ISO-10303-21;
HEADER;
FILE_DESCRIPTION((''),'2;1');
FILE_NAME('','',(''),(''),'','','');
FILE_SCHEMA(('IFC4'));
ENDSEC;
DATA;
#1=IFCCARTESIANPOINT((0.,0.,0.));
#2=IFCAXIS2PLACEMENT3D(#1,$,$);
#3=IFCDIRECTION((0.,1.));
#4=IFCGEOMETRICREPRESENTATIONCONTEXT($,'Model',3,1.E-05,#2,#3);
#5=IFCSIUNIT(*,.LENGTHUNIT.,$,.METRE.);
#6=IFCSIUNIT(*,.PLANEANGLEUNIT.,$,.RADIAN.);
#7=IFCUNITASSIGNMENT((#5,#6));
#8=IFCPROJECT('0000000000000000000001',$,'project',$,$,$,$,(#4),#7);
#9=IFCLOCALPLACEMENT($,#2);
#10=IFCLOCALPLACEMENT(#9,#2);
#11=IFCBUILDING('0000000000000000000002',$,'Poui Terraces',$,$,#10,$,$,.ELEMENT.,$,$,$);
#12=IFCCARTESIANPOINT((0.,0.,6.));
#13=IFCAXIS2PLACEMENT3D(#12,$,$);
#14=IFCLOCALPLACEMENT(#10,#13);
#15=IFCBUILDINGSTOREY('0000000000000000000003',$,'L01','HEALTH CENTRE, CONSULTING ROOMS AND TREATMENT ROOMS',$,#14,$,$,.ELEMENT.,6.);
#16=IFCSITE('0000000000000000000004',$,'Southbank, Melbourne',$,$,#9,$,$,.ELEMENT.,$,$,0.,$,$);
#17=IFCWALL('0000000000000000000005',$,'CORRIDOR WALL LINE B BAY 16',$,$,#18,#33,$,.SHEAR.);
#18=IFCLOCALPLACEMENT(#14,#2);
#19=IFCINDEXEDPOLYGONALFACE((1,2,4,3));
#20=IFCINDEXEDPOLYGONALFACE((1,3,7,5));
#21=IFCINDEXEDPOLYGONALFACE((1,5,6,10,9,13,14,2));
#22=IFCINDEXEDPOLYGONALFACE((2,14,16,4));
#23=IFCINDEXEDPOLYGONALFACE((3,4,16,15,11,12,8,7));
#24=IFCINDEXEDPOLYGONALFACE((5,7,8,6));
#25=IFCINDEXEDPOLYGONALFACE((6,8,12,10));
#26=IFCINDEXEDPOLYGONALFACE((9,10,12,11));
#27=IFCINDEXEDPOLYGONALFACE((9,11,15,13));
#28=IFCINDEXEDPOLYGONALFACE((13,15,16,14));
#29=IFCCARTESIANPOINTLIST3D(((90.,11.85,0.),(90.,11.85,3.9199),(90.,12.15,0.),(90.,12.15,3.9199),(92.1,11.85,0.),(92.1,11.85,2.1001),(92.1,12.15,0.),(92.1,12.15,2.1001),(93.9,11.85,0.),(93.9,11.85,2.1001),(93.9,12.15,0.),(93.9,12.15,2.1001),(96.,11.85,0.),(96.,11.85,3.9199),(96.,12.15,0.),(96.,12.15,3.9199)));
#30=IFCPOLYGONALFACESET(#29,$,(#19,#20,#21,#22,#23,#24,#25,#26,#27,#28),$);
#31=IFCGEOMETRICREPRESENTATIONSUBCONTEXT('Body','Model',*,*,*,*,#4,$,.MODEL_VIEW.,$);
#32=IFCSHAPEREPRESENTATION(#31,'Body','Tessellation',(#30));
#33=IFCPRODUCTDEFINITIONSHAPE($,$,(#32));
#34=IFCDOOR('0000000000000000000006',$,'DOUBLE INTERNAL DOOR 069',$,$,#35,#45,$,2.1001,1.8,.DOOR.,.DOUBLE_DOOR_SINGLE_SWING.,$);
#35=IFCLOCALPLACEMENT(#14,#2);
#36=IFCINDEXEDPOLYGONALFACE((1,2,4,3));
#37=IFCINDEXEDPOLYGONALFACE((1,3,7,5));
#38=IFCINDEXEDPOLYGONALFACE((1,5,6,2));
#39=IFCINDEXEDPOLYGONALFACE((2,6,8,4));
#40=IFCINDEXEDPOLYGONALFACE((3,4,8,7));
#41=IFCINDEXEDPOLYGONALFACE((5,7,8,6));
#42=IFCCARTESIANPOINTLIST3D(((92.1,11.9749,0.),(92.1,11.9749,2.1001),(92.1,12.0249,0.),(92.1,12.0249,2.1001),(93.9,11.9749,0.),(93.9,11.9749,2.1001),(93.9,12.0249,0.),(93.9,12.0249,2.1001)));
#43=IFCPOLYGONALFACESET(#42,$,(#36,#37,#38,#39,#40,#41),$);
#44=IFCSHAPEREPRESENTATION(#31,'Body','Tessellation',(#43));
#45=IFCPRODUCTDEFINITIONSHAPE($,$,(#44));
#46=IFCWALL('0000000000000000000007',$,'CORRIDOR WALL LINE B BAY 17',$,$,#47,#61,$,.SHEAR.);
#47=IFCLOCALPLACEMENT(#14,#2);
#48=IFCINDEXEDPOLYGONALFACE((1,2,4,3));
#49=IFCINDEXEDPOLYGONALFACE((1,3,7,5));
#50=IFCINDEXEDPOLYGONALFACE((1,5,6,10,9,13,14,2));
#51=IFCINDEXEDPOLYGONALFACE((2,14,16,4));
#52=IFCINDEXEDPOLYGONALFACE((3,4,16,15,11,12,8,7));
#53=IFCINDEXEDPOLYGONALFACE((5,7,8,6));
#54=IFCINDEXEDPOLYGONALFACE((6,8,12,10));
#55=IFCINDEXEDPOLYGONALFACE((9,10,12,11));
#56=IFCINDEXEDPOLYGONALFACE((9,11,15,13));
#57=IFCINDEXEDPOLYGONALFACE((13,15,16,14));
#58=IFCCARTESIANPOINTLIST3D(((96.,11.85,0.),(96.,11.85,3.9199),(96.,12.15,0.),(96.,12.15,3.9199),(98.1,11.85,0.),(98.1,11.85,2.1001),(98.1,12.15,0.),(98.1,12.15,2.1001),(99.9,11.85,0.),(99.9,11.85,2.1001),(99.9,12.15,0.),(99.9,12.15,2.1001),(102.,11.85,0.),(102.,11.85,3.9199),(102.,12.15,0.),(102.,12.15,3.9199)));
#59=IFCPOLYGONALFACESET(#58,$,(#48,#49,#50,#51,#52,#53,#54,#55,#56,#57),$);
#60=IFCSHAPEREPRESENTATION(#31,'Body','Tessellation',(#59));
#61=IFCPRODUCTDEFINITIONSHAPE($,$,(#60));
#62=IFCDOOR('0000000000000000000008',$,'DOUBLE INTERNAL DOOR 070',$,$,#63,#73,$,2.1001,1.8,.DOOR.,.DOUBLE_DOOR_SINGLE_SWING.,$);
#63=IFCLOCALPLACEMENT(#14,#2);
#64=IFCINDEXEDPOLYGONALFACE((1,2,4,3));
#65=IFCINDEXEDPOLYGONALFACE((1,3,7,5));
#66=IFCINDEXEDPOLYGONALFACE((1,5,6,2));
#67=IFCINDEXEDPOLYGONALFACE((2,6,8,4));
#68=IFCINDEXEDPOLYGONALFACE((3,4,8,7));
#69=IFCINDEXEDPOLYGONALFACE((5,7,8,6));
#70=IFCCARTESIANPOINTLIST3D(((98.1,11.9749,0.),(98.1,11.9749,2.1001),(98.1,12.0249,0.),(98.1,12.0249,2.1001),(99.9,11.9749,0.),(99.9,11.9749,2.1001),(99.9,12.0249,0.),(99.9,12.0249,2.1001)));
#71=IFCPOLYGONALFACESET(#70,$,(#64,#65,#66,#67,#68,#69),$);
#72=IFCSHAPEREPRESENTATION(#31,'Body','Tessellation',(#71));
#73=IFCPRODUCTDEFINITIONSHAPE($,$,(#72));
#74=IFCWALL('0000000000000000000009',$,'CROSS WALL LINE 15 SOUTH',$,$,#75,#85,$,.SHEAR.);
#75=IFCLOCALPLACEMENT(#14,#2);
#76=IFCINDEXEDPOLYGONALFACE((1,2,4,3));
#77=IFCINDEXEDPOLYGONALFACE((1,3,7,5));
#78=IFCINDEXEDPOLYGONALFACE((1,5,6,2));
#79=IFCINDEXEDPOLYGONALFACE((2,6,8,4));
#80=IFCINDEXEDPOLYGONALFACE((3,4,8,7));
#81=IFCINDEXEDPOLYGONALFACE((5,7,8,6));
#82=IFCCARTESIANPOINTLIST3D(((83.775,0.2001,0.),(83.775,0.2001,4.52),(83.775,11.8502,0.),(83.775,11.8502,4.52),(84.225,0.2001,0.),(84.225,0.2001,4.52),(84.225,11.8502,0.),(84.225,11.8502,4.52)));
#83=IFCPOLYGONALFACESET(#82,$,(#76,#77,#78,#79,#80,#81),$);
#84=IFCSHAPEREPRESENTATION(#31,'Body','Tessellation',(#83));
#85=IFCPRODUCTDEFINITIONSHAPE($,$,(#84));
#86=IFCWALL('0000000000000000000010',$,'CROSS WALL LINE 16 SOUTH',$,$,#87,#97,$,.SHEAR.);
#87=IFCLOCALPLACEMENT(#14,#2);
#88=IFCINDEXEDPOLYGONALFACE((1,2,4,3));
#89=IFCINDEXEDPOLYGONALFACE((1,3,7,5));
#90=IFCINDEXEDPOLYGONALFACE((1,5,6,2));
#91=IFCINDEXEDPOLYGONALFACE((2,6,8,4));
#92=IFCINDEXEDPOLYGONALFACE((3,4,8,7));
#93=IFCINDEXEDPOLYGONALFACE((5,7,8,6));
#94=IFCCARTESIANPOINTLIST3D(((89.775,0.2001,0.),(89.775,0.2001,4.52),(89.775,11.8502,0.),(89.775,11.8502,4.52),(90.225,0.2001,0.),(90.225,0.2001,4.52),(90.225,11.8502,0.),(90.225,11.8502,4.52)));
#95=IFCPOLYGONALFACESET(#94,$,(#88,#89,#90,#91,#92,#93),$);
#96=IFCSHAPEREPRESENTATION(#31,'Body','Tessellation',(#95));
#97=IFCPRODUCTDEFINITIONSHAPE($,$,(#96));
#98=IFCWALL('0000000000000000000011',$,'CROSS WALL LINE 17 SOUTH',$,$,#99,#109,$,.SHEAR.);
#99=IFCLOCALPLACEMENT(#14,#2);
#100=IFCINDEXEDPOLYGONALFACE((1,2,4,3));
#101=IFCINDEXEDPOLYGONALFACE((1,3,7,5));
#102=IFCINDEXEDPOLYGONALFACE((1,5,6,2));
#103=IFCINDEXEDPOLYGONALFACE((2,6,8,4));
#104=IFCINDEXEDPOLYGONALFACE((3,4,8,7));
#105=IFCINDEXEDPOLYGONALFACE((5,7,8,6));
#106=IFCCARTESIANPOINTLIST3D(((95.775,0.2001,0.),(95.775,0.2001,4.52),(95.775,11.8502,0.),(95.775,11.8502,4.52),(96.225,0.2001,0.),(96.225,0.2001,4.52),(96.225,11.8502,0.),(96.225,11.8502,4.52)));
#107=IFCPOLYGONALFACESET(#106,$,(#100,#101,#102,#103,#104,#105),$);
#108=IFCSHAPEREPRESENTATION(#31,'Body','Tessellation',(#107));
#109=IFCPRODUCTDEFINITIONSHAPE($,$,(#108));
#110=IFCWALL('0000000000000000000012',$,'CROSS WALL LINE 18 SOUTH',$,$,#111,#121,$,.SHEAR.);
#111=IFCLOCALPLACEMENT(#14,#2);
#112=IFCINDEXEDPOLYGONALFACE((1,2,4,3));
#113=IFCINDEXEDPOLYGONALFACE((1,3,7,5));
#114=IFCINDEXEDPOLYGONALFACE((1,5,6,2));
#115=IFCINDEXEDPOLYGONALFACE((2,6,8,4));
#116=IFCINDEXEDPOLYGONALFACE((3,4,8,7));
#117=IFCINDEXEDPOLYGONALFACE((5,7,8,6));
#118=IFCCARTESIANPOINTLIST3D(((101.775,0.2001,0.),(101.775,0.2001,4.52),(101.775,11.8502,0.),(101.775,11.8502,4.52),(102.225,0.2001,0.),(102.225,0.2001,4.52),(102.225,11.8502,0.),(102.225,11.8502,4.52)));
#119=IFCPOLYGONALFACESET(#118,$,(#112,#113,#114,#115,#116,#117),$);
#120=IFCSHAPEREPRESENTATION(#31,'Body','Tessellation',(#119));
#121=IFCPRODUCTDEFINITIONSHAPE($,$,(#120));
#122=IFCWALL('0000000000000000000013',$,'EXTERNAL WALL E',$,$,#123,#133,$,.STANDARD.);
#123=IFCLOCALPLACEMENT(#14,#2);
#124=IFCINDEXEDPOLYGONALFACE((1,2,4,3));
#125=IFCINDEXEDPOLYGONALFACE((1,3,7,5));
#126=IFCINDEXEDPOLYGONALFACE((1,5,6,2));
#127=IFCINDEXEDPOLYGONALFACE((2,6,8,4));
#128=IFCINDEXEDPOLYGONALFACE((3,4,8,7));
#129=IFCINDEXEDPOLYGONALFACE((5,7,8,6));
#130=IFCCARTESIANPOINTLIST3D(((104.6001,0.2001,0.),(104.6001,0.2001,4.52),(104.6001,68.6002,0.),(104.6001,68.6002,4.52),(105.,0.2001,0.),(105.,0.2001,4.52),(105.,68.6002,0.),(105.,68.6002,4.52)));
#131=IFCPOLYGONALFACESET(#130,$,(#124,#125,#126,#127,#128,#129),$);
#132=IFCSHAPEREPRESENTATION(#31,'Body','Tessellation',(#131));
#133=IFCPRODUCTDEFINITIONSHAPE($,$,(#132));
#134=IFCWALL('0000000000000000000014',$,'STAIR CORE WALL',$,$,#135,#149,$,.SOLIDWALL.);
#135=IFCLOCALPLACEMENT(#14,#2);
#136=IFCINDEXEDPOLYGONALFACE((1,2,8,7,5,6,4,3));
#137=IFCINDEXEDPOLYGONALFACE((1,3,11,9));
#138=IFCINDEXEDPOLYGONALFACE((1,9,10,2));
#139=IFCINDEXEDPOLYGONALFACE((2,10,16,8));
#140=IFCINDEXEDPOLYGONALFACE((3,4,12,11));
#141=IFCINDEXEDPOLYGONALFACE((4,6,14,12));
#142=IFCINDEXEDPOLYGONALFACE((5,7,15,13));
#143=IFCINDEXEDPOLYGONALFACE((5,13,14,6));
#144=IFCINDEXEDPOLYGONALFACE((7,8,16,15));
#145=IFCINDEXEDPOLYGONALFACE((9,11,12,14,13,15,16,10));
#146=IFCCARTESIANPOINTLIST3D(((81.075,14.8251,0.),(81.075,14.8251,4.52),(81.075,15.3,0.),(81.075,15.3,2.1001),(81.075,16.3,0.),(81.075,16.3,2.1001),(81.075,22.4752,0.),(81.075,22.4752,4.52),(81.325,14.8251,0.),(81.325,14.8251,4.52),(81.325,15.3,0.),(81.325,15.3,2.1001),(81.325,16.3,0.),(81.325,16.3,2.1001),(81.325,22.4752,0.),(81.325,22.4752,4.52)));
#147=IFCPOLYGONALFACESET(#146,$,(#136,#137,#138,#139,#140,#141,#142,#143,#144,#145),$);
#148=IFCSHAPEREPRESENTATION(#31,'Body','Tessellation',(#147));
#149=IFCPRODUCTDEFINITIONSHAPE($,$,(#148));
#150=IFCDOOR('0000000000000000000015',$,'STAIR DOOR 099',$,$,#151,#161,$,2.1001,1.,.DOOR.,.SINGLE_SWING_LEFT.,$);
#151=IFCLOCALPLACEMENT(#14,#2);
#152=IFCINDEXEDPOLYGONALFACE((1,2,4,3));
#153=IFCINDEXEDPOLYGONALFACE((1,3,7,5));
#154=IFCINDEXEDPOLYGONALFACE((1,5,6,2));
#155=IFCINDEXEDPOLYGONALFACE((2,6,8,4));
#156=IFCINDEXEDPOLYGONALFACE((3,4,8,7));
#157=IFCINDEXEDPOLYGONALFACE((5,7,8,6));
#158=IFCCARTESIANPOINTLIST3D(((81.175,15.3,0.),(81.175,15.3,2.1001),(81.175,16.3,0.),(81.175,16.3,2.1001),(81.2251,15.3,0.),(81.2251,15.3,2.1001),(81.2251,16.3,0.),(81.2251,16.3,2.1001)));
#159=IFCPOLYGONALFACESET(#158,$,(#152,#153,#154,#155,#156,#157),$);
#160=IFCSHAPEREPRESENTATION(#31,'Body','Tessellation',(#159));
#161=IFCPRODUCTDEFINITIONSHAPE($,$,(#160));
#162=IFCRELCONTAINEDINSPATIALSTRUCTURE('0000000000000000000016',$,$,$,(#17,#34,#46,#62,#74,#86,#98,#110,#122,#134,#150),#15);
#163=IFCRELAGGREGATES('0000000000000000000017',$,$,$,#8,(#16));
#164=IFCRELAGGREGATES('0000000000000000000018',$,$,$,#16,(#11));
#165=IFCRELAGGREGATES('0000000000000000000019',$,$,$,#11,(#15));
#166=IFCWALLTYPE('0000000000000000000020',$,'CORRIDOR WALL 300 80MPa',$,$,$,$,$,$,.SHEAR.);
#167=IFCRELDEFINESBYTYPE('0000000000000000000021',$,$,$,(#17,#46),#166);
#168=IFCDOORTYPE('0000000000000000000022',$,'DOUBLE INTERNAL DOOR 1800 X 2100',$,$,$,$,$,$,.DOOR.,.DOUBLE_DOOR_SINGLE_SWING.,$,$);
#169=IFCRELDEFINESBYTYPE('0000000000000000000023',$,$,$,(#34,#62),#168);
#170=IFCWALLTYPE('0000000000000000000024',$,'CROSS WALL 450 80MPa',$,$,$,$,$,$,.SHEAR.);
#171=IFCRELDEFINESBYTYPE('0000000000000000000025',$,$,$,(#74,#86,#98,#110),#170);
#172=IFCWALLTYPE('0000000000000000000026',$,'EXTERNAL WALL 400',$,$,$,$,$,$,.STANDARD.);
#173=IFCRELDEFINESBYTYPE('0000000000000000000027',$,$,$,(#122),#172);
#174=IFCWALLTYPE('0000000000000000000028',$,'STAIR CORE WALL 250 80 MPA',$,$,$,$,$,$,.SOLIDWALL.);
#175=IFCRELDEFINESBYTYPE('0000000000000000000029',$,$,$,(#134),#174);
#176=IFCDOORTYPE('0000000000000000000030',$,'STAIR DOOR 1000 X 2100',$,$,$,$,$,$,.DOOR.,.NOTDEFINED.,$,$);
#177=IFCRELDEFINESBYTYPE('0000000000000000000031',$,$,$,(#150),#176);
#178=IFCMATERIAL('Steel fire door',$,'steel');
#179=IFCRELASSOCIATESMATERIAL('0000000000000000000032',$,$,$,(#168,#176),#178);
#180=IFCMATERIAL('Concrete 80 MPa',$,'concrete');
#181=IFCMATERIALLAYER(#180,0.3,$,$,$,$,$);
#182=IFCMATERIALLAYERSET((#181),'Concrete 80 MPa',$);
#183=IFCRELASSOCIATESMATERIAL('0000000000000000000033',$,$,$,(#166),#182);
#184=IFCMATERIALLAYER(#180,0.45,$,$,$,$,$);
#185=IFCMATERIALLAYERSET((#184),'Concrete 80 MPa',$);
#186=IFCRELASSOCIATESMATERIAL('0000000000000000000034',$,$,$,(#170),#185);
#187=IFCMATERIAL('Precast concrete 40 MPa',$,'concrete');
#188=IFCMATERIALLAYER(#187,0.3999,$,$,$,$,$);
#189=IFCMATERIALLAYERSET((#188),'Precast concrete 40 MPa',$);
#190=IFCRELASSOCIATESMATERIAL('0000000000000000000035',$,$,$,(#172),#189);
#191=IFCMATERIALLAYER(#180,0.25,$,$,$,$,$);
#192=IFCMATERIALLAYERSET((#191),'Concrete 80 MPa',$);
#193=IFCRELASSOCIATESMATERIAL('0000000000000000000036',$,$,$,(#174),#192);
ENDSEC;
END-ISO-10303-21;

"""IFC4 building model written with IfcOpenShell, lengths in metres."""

from ifc_helpers import new_model, si_unit, direction, frame, frame_2d, origin, place, context, subcontext, project, spatial, rectangle, extrude, material, layer, layer_set, type_object, element, fill, save


model = new_model("IFC4")

# Units and contexts
model_context = context("Model", 3, precision=1e-05, world=origin(), true_north=direction((0.0, 1.0)))
body_context = subcontext(model_context, "Body", "Model", "MODEL_VIEW")
ifc_project = project(units=[si_unit("LENGTHUNIT", "METRE"), si_unit("PLANEANGLEUNIT", "RADIAN")], contexts=[model_context])

# Site, building, storey
site_placement = place(None, origin())
site = spatial("IfcSite", under=ifc_project, at=site_placement, Name="Southbank, Melbourne", CompositionType="ELEMENT", RefElevation=0.0)
building_placement = place(site_placement, origin())
building = spatial("IfcBuilding", under=site, at=building_placement, Name="Poui Terraces", CompositionType="ELEMENT")
storey_placement = place(building_placement, frame((0.0, 0.0, 6.0)))
storey = spatial("IfcBuildingStorey", under=building, at=storey_placement, Name="L01", Description="HEALTH CENTRE, CONSULTING ROOMS AND TREATMENT ROOMS", CompositionType="ELEMENT", Elevation=6.0)

# Shared definitions
ifc_material_1 = material(Name="Concrete 80 MPa", Category="concrete")

# Shared definitions
ifc_material_2 = material(Name="Steel fire door", Category="steel")
door_type_1 = type_object("IfcDoorType", Name="DOUBLE INTERNAL DOOR 1800 X 2100", OperationType="DOUBLE_DOOR_SINGLE_SWING", PredefinedType="DOOR", material=ifc_material_2)

# Walls, openings, doors
ifc_layer_1 = layer(ifc_material_1, 0.3)
ifc_layer_set_1 = layer_set([ifc_layer_1], Name="Concrete 80 MPa")
wall_type_1 = type_object("IfcWallType", Name="CORRIDOR WALL 300 80MPa", PredefinedType="SHEAR", material=ifc_layer_set_1)
wall_1_placement = place(storey_placement, frame((90.0, 12.0, 0.0), z_axis=(0.0, 0.0, 1.0), x_axis=(1.0, 0.0, 0.0)))
wall_1 = element("IfcWall", 1, at=wall_1_placement, inside=storey, type_object=wall_type_1, Name="CORRIDOR WALL LINE B BAY 16", PredefinedType="SHEAR", context=body_context, shape_type="SweptSolid", body=[
    extrude(rectangle(XDim=6.0, YDim=0.3, at=frame_2d((3.0, 0.0))), origin(), (0.0, 0.0, 1.0), 3.9199),
])
opening_1_placement = place(wall_1_placement, frame((2.1001, 0.0, 0.0)))
opening_1 = element("IfcOpeningElement", 2, at=opening_1_placement, cuts=wall_1, PredefinedType="OPENING", context=body_context, shape_type="SweptSolid", body=[
    extrude(rectangle(XDim=1.8, YDim=2.1001, at=frame_2d((0.8999, 1.05))), frame((0.0, 0.1602, 0.0), z_axis=(0.0, -1.0, 0.0), x_axis=(1.0, 0.0, 0.0)), (0.0, 0.0, 1.0), 0.3201),
])
door_1_placement = place(opening_1_placement, origin())
door_1 = element("IfcDoor", 3, at=door_1_placement, inside=storey, type_object=door_type_1, Name="DOUBLE INTERNAL DOOR 069", OperationType="DOUBLE_DOOR_SINGLE_SWING", OverallHeight=2.1001, OverallWidth=1.8, PredefinedType="DOOR", context=body_context, shape_type="SweptSolid", body=[
    extrude(rectangle(XDim=1.8, YDim=2.1001, at=frame_2d((0.8999, 1.05))), frame((0.0, 0.0249, 0.0), z_axis=(0.0, -1.0, 0.0), x_axis=(1.0, 0.0, 0.0)), (0.0, 0.0, 1.0), 0.05),
])
fill(opening_1, door_1)
wall_2_placement = place(storey_placement, frame((96.0, 12.0, 0.0), z_axis=(0.0, 0.0, 1.0), x_axis=(1.0, 0.0, 0.0)))
wall_2 = element("IfcWall", 4, at=wall_2_placement, inside=storey, type_object=wall_type_1, Name="CORRIDOR WALL LINE B BAY 17", PredefinedType="SHEAR", context=body_context, shape_type="SweptSolid", body=[
    extrude(rectangle(XDim=6.0, YDim=0.3, at=frame_2d((3.0, 0.0))), origin(), (0.0, 0.0, 1.0), 3.9199),
])
opening_2_placement = place(wall_2_placement, frame((2.1001, 0.0, 0.0)))
opening_2 = element("IfcOpeningElement", 5, at=opening_2_placement, cuts=wall_2, PredefinedType="OPENING", context=body_context, shape_type="SweptSolid", body=[
    extrude(rectangle(XDim=1.8, YDim=2.1001, at=frame_2d((0.8999, 1.05))), frame((0.0, 0.1602, 0.0), z_axis=(0.0, -1.0, 0.0), x_axis=(1.0, 0.0, 0.0)), (0.0, 0.0, 1.0), 0.3201),
])
door_2_placement = place(opening_2_placement, origin())
door_2 = element("IfcDoor", 6, at=door_2_placement, inside=storey, type_object=door_type_1, Name="DOUBLE INTERNAL DOOR 070", OperationType="DOUBLE_DOOR_SINGLE_SWING", OverallHeight=2.1001, OverallWidth=1.8, PredefinedType="DOOR", context=body_context, shape_type="SweptSolid", body=[
    extrude(rectangle(XDim=1.8, YDim=2.1001, at=frame_2d((0.8999, 1.05))), frame((0.0, 0.0249, 0.0), z_axis=(0.0, -1.0, 0.0), x_axis=(1.0, 0.0, 0.0)), (0.0, 0.0, 1.0), 0.05),
])
fill(opening_2, door_2)

# Walls
ifc_layer_2 = layer(ifc_material_1, 0.45)
ifc_layer_set_2 = layer_set([ifc_layer_2], Name="Concrete 80 MPa")
wall_type_2 = type_object("IfcWallType", Name="CROSS WALL 450 80MPa", PredefinedType="SHEAR", material=ifc_layer_set_2)
for number, where, z_axis, x_axis, name in (
    (7, (84.0, 0.2, 0.0), (0.0, 0.0, 1.0), (0.0, 1.0, 0.0), "CROSS WALL LINE 15 SOUTH"),
    (8, (90.0, 0.2, 0.0), (0.0, 0.0, 1.0), (0.0, 1.0, 0.0), "CROSS WALL LINE 16 SOUTH"),
    (9, (96.0, 0.2, 0.0), (0.0, 0.0, 1.0), (0.0, 1.0, 0.0), "CROSS WALL LINE 17 SOUTH"),
    (10, (102.0, 0.2, 0.0), (0.0, 0.0, 1.0), (0.0, 1.0, 0.0), "CROSS WALL LINE 18 SOUTH"),
):
    element("IfcWall", number, at=place(storey_placement, frame(where, z_axis=z_axis, x_axis=x_axis)), inside=storey, type_object=wall_type_2, Name=name, PredefinedType="SHEAR", context=body_context, shape_type="SweptSolid", body=[
        extrude(rectangle(XDim=11.6501, YDim=0.45, at=frame_2d((5.8252, 0.0))), origin(), (0.0, 0.0, 1.0), 4.52),
    ])
ifc_material_3 = material(Name="Precast concrete 40 MPa", Category="concrete")
ifc_layer_3 = layer(ifc_material_3, 0.3999)
ifc_layer_set_3 = layer_set([ifc_layer_3], Name="Precast concrete 40 MPa")
wall_type_3 = type_object("IfcWallType", Name="EXTERNAL WALL 400", PredefinedType="STANDARD", material=ifc_layer_set_3)
wall_3_placement = place(storey_placement, frame((104.8, 0.2, 0.0), z_axis=(0.0, 0.0, 1.0), x_axis=(0.0, 1.0, 0.0)))
element("IfcWall", 11, at=wall_3_placement, inside=storey, type_object=wall_type_3, Name="EXTERNAL WALL E", PredefinedType="STANDARD", context=body_context, shape_type="SweptSolid", body=[
    extrude(rectangle(XDim=68.4001, YDim=0.3999, at=frame_2d((34.2002, 0.0))), origin(), (0.0, 0.0, 1.0), 4.52),
])

# Wall, opening, door
ifc_layer_4 = layer(ifc_material_1, 0.25)
ifc_layer_set_4 = layer_set([ifc_layer_4], Name="Concrete 80 MPa")
wall_type_4 = type_object("IfcWallType", Name="STAIR CORE WALL 250 80 MPA", PredefinedType="SOLIDWALL", material=ifc_layer_set_4)
wall_4_placement = place(storey_placement, frame((81.2, 14.825, 0.0), z_axis=(0.0, 0.0, 1.0), x_axis=(0.0, 1.0, 0.0)))
wall_4 = element("IfcWall", 12, at=wall_4_placement, inside=storey, type_object=wall_type_4, Name="STAIR CORE WALL", PredefinedType="SOLIDWALL", context=body_context, shape_type="SweptSolid", body=[
    extrude(rectangle(XDim=7.6501, YDim=0.25, at=frame_2d((3.8252, 0.0))), origin(), (0.0, 0.0, 1.0), 4.52),
])
opening_3_placement = place(wall_4_placement, frame((0.4751, 0.0, 0.0)))
opening_3 = element("IfcOpeningElement", 13, at=opening_3_placement, cuts=wall_4, PredefinedType="OPENING", context=body_context, shape_type="SweptSolid", body=[
    extrude(rectangle(XDim=1.0, YDim=2.1001, at=frame_2d((0.5, 1.05))), frame((0.0, 0.135, 0.0), z_axis=(0.0, -1.0, 0.0), x_axis=(1.0, 0.0, 0.0)), (0.0, 0.0, 1.0), 0.27),
])
door_type_2 = type_object("IfcDoorType", Name="STAIR DOOR 1000 X 2100", OperationType="NOTDEFINED", PredefinedType="DOOR", material=ifc_material_2)
door_3_placement = place(opening_3_placement, origin())
door_3 = element("IfcDoor", 14, at=door_3_placement, inside=storey, type_object=door_type_2, Name="STAIR DOOR 099", OperationType="SINGLE_SWING_LEFT", OverallHeight=2.1001, OverallWidth=1.0, PredefinedType="DOOR", context=body_context, shape_type="SweptSolid", body=[
    extrude(rectangle(XDim=1.0, YDim=2.1001, at=frame_2d((0.5, 1.05))), frame((0.0, 0.0249, 0.0), z_axis=(0.0, -1.0, 0.0), x_axis=(1.0, 0.0, 0.0)), (0.0, 0.0, 1.0), 0.05),
])
fill(opening_3, door_3)

save(model, "model.ifc")
